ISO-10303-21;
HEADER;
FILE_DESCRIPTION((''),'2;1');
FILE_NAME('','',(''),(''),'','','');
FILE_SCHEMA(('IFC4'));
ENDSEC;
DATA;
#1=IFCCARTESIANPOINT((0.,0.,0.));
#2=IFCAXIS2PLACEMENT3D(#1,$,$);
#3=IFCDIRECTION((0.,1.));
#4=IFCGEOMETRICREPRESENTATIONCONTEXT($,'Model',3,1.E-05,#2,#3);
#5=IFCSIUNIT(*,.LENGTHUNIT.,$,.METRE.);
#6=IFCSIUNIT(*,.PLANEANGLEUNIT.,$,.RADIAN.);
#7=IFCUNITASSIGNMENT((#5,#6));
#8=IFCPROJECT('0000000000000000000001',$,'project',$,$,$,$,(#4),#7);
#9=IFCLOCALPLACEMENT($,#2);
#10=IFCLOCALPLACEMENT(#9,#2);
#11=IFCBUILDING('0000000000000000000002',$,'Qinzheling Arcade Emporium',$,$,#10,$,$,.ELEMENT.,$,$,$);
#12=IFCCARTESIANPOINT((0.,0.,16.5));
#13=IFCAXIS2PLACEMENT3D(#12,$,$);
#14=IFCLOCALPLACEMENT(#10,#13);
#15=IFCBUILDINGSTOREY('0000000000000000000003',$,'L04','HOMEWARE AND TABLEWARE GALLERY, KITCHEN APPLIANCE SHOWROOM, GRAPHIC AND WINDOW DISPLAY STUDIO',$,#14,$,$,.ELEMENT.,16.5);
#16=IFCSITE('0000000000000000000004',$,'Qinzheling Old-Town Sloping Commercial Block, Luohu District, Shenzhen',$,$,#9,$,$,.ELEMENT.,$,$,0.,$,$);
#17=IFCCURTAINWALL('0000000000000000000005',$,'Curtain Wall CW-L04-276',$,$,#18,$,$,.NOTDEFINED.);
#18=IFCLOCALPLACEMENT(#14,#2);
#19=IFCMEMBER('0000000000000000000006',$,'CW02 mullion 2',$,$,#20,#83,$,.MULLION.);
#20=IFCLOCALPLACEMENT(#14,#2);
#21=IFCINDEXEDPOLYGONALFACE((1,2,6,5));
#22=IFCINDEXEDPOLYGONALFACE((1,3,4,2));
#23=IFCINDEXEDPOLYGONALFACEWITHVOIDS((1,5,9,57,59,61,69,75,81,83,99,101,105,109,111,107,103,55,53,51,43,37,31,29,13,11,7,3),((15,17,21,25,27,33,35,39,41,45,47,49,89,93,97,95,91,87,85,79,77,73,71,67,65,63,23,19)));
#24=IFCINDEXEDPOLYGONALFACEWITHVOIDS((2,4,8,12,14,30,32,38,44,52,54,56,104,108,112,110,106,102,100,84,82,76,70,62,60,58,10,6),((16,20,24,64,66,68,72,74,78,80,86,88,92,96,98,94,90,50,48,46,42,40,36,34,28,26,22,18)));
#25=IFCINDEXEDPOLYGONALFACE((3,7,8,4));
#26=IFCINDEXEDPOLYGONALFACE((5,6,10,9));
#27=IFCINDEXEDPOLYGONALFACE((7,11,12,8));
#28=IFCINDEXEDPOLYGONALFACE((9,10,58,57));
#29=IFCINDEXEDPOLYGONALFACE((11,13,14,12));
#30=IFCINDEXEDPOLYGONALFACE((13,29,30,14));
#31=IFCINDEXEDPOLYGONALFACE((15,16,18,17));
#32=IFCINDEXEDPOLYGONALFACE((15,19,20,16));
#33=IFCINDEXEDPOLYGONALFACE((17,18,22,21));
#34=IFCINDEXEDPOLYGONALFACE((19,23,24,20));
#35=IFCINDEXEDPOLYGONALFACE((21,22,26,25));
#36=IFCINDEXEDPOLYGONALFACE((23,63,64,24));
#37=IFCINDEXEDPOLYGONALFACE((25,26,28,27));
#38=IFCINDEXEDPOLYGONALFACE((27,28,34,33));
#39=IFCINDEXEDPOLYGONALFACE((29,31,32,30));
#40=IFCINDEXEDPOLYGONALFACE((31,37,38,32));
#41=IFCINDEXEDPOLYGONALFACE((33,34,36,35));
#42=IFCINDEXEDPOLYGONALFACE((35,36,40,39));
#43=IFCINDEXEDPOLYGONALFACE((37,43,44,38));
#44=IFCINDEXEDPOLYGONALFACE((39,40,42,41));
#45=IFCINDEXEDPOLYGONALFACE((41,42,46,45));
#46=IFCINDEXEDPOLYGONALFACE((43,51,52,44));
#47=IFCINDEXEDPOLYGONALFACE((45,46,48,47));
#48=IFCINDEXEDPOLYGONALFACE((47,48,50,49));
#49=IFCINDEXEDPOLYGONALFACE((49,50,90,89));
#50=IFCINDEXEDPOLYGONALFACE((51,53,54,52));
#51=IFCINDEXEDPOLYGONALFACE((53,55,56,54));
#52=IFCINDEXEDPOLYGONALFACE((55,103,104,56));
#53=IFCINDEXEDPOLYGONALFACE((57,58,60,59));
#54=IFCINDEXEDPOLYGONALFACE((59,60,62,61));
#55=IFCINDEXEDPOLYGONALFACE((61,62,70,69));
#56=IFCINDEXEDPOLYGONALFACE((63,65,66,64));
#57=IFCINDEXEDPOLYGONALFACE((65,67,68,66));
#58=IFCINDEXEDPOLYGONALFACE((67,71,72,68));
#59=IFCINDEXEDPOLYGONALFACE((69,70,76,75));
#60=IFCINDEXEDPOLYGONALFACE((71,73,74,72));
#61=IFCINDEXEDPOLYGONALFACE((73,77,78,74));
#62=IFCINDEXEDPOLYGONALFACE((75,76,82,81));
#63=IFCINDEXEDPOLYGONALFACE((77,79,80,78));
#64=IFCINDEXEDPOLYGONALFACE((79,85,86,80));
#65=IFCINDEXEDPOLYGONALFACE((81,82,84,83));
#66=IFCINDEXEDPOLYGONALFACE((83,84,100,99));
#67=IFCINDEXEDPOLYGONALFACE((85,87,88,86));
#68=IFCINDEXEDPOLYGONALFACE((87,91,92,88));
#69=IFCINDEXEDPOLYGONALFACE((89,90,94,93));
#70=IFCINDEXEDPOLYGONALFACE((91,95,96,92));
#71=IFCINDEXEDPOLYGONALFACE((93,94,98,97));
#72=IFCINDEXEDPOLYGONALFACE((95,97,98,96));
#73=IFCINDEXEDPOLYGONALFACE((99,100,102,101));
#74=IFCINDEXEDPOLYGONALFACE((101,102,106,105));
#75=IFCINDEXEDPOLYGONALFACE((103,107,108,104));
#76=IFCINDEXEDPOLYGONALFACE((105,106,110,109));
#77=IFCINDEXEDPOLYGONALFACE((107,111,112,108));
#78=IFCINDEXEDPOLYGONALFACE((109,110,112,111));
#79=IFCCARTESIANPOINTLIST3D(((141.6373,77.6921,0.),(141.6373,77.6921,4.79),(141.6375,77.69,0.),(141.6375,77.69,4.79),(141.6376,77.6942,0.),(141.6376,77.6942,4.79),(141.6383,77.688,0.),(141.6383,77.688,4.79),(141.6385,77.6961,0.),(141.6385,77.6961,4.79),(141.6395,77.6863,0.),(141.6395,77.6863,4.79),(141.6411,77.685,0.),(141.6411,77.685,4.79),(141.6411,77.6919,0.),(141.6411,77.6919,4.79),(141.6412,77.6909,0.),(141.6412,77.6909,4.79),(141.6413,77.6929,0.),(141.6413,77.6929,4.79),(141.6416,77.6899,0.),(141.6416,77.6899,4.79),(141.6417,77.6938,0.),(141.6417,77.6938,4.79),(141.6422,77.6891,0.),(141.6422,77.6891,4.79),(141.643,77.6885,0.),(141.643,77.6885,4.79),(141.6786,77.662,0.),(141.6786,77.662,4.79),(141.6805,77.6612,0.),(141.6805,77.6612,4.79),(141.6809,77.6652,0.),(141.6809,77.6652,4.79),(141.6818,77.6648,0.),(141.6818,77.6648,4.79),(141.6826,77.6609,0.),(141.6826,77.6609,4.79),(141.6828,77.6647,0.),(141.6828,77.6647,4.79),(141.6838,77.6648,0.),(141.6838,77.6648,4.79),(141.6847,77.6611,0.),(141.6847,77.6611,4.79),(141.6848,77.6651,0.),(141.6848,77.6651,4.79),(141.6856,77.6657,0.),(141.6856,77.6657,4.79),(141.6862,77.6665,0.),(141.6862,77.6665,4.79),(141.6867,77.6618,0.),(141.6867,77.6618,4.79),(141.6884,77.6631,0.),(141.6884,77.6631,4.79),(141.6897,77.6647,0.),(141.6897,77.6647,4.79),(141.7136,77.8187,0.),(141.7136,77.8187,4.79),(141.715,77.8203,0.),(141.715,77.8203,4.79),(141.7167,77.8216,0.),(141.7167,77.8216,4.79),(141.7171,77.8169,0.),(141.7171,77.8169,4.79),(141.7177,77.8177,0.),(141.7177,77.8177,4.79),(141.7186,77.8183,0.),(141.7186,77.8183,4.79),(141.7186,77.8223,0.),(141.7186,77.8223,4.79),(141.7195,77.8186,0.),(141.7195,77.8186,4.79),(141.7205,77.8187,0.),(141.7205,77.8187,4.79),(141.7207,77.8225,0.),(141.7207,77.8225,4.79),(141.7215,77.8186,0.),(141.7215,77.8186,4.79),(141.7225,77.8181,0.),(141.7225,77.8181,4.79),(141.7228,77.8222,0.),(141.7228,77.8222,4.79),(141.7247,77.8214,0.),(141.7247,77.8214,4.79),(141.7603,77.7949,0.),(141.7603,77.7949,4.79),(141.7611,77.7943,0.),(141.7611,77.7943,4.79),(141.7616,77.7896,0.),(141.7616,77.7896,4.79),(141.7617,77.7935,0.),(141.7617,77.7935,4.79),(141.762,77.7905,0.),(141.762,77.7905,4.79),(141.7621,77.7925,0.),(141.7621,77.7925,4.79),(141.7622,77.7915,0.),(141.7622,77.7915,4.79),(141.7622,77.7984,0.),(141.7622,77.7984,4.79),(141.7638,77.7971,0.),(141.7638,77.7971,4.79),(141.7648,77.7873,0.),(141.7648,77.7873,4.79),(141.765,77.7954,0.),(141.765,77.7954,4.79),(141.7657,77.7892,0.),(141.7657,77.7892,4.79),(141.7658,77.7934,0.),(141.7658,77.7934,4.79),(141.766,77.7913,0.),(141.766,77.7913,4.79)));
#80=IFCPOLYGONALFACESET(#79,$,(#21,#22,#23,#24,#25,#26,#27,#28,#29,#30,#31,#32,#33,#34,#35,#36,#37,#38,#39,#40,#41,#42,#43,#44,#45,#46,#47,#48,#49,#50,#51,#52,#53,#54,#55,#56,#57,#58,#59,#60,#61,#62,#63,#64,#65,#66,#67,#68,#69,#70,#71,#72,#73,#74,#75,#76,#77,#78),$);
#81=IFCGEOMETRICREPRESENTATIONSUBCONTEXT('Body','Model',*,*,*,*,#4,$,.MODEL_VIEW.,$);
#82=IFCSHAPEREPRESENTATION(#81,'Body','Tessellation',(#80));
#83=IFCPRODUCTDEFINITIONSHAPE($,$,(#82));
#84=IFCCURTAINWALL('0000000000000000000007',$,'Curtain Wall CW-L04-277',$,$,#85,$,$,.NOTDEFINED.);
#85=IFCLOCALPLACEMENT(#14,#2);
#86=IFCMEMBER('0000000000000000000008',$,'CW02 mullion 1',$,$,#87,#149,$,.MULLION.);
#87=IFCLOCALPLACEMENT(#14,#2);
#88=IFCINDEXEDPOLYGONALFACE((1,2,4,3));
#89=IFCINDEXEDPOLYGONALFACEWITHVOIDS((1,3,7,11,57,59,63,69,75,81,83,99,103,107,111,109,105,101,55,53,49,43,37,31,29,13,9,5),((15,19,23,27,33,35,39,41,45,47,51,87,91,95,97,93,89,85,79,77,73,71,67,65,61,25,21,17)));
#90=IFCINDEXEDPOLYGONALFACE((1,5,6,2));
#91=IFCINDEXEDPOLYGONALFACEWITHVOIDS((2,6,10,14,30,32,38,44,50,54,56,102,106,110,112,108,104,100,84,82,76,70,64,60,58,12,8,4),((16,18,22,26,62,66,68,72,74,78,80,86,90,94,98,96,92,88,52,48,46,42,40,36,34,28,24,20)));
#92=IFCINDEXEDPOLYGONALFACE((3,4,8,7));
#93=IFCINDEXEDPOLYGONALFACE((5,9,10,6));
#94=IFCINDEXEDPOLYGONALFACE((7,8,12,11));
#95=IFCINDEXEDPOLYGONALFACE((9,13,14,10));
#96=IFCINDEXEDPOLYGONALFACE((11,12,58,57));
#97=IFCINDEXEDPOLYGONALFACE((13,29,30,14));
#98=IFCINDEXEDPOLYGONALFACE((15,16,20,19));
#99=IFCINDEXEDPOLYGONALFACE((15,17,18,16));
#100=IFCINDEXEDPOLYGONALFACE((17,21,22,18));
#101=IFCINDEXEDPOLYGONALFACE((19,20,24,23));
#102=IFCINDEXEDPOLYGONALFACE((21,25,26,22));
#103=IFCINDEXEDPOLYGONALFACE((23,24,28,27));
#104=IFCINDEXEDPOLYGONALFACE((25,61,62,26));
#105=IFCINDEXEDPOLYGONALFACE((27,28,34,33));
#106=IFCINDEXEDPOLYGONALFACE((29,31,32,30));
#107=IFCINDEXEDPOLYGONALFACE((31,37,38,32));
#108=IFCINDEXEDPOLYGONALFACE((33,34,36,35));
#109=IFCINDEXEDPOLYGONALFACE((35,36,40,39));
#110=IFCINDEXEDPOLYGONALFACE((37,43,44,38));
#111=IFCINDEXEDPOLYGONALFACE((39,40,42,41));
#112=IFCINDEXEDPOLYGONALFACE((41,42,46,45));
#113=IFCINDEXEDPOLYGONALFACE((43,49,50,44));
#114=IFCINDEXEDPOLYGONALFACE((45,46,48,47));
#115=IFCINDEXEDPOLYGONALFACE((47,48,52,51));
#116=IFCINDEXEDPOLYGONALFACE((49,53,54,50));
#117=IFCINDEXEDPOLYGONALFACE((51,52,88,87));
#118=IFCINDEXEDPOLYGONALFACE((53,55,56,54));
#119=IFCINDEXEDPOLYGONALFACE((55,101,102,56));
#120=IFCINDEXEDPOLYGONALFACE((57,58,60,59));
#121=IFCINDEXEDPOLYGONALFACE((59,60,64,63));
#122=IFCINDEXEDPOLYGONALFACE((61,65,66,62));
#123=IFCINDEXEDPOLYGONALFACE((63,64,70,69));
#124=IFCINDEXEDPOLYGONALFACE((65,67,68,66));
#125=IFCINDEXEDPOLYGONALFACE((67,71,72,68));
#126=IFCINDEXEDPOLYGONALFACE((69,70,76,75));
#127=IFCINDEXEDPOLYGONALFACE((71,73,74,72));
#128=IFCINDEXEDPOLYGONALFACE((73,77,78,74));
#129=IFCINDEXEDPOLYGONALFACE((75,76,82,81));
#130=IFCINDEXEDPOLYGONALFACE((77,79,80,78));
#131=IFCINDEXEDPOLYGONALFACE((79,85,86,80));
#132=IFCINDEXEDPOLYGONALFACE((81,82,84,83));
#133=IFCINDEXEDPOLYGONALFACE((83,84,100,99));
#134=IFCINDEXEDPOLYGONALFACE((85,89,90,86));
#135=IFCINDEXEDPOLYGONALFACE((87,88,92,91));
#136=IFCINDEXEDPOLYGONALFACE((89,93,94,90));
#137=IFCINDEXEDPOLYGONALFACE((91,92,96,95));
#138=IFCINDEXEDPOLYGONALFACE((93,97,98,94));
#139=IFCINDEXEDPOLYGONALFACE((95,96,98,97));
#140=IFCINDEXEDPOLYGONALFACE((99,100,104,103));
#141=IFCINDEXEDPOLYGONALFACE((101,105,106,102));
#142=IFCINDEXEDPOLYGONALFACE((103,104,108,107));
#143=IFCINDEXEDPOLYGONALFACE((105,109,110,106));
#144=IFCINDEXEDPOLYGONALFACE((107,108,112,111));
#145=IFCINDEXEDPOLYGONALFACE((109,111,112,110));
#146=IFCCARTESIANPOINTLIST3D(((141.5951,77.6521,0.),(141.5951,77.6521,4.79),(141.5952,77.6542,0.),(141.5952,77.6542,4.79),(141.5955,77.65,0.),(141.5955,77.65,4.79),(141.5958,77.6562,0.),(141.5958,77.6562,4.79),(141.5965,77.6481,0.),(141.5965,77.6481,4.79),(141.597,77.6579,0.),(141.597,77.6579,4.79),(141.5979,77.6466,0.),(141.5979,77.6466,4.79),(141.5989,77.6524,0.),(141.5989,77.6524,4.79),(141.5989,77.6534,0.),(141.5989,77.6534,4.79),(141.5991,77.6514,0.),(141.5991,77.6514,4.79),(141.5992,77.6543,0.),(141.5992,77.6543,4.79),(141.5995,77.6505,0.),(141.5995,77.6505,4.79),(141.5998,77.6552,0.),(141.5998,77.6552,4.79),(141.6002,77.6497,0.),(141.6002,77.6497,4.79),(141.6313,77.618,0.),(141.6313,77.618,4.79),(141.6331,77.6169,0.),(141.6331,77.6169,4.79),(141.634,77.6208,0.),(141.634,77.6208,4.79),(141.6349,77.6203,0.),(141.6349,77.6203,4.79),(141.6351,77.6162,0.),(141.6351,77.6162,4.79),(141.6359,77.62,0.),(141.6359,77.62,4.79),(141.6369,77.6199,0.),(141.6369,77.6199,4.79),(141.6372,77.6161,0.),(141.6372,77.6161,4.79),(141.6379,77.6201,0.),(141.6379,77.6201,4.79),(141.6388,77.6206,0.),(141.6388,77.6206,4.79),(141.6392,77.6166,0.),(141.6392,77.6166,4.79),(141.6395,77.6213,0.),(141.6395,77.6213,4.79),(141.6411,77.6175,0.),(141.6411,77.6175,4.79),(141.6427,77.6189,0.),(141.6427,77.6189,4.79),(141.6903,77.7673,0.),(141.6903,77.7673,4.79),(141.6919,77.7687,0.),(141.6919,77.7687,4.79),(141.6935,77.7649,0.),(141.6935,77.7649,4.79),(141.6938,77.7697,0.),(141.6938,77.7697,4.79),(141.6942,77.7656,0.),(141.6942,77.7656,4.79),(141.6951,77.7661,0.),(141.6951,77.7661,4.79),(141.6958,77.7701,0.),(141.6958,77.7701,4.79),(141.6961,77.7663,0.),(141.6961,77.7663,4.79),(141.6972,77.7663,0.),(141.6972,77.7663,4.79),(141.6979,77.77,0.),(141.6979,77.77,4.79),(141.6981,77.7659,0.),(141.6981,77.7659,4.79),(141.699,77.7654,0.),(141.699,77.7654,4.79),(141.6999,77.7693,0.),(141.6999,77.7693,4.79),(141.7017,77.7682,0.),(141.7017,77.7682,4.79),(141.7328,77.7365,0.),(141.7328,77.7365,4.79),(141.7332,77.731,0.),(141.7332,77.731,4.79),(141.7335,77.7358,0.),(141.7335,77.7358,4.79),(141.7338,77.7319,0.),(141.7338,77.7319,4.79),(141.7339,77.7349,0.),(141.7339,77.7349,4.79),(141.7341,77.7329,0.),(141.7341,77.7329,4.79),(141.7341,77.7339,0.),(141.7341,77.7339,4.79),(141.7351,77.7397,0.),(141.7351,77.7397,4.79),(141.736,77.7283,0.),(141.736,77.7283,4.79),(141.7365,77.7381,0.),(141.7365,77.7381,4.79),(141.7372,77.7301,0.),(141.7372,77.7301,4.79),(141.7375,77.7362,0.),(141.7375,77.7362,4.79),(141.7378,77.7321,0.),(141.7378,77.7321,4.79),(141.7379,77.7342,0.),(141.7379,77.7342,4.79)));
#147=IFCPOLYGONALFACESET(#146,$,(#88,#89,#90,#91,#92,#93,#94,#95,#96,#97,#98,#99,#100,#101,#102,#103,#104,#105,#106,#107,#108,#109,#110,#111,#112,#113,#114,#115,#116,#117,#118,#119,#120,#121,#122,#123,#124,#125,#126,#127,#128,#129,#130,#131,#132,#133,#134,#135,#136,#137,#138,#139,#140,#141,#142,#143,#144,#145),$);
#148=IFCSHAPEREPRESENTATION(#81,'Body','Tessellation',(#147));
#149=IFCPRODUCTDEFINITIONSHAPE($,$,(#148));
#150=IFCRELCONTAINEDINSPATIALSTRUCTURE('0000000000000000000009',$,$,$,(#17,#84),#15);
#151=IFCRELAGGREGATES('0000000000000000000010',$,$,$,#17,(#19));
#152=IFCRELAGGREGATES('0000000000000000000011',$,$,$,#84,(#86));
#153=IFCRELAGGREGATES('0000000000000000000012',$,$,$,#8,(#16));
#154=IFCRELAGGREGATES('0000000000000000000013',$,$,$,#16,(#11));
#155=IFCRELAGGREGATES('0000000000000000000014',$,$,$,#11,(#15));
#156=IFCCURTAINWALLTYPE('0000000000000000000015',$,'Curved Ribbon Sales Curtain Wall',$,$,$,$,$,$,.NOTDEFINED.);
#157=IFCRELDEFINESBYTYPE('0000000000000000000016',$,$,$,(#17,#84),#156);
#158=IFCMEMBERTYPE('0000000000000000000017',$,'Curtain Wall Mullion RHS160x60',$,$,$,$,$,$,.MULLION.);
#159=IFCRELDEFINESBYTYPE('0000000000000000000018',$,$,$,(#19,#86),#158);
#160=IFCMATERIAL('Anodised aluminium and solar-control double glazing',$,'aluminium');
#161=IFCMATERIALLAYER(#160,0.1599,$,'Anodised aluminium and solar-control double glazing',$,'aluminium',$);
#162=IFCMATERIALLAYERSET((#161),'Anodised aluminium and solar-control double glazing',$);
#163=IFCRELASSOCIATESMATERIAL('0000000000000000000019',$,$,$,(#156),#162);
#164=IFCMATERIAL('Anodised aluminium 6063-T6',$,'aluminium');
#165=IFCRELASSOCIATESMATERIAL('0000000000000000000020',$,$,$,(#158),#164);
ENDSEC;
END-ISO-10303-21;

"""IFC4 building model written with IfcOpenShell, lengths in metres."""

from ifc_helpers import new_model, si_unit, direction, frame, origin, origin_2d, place, context, subcontext, project, spatial, hollow_rectangle, extrude, material, layer, layer_set, material_profile, profile_set, type_object, element, aggregate, save


model = new_model("IFC4")

# Units and contexts
model_context = context("Model", 3, precision=1e-05, world=origin(), true_north=direction((0.0, 1.0)))
body_context = subcontext(model_context, "Body", "Model", "MODEL_VIEW")
ifc_project = project(units=[si_unit("LENGTHUNIT", "METRE"), si_unit("PLANEANGLEUNIT", "RADIAN")], contexts=[model_context])

# Site, building, storey
site_placement = place(None, origin())
site = spatial("IfcSite", under=ifc_project, at=site_placement, Name="Qinzheling Old-Town Sloping Commercial Block, Luohu District, Shenzhen", CompositionType="ELEMENT", RefElevation=0.0)
building_placement = place(site_placement, origin())
building = spatial("IfcBuilding", under=site, at=building_placement, Name="Qinzheling Arcade Emporium", CompositionType="ELEMENT")
storey_placement = place(building_placement, frame((0.0, 0.0, 16.5)))
storey = spatial("IfcBuildingStorey", under=building, at=storey_placement, Name="L04", Description="HOMEWARE AND TABLEWARE GALLERY, KITCHEN APPLIANCE SHOWROOM, GRAPHIC AND WINDOW DISPLAY STUDIO", CompositionType="ELEMENT", Elevation=16.5)

# Curtain wall, member
ifc_material_1 = material(Name="Anodised aluminium and solar-control double glazing", Category="aluminium")
ifc_layer_1 = layer(ifc_material_1, 0.1599, Name="Anodised aluminium and solar-control double glazing", Category="aluminium")
ifc_layer_set_1 = layer_set([ifc_layer_1], Name="Anodised aluminium and solar-control double glazing")
curtain_wall_type = type_object("IfcCurtainWallType", Name="Curved Ribbon Sales Curtain Wall", PredefinedType="NOTDEFINED", material=ifc_layer_set_1)
curtain_wall_1_placement = place(storey_placement, origin())
curtain_wall_1 = element("IfcCurtainWall", 1, at=curtain_wall_1_placement, inside=storey, type_object=curtain_wall_type, Name="Curtain Wall CW-L04-276", PredefinedType="NOTDEFINED")
ifc_material_2 = material(Name="Anodised aluminium 6063-T6", Category="aluminium")
ifc_material_profile_1 = material_profile(ifc_material_2, hollow_rectangle(XDim=0.0601, YDim=0.1599, WallThickness=0.0039, InnerFilletRadius=0.0039, OuterFilletRadius=0.0081, at=origin_2d()), Name="RHS 160x60x4", Category="aluminium")
ifc_profile_set_1 = profile_set([ifc_material_profile_1], Name="Anodised aluminium 6063-T6")
member_type_1 = type_object("IfcMemberType", Name="Curtain Wall Mullion RHS160x60", PredefinedType="MULLION", material=ifc_profile_set_1)
member_1_placement = place(storey_placement, frame((141.7017, 77.7417, 0.0), z_axis=(0.0, 0.0, 1.0), x_axis=(0.852601, -0.522562, 0.0)))
member_1 = element("IfcMember", 2, at=member_1_placement, type_object=member_type_1, Name="CW02 mullion 2", PredefinedType="MULLION", context=body_context, shape_type="SweptSolid", body=[
    extrude(hollow_rectangle(XDim=0.0601, YDim=0.1599, WallThickness=0.0039, InnerFilletRadius=0.0039, OuterFilletRadius=0.0081, at=origin_2d()), origin(), (0.0, 0.0, 1.0), 4.79),
])

# Curtain wall, member
curtain_wall_2_placement = place(storey_placement, origin())
curtain_wall_2 = element("IfcCurtainWall", 3, at=curtain_wall_2_placement, inside=storey, type_object=curtain_wall_type, Name="Curtain Wall CW-L04-277", PredefinedType="NOTDEFINED")
member_2_placement = place(storey_placement, frame((141.6665, 77.6931, 0.0), z_axis=(0.0, 0.0, 1.0), x_axis=(0.760581, -0.649243, 0.0)))
member_2 = element("IfcMember", 4, at=member_2_placement, type_object=member_type_1, Name="CW02 mullion 1", PredefinedType="MULLION", context=body_context, shape_type="SweptSolid", body=[
    extrude(hollow_rectangle(XDim=0.0601, YDim=0.1599, WallThickness=0.0039, InnerFilletRadius=0.0039, OuterFilletRadius=0.0081, at=origin_2d()), origin(), (0.0, 0.0, 1.0), 4.79),
])

aggregate(curtain_wall_1, [member_1])
aggregate(curtain_wall_2, [member_2])

save(model, "model.ifc")
